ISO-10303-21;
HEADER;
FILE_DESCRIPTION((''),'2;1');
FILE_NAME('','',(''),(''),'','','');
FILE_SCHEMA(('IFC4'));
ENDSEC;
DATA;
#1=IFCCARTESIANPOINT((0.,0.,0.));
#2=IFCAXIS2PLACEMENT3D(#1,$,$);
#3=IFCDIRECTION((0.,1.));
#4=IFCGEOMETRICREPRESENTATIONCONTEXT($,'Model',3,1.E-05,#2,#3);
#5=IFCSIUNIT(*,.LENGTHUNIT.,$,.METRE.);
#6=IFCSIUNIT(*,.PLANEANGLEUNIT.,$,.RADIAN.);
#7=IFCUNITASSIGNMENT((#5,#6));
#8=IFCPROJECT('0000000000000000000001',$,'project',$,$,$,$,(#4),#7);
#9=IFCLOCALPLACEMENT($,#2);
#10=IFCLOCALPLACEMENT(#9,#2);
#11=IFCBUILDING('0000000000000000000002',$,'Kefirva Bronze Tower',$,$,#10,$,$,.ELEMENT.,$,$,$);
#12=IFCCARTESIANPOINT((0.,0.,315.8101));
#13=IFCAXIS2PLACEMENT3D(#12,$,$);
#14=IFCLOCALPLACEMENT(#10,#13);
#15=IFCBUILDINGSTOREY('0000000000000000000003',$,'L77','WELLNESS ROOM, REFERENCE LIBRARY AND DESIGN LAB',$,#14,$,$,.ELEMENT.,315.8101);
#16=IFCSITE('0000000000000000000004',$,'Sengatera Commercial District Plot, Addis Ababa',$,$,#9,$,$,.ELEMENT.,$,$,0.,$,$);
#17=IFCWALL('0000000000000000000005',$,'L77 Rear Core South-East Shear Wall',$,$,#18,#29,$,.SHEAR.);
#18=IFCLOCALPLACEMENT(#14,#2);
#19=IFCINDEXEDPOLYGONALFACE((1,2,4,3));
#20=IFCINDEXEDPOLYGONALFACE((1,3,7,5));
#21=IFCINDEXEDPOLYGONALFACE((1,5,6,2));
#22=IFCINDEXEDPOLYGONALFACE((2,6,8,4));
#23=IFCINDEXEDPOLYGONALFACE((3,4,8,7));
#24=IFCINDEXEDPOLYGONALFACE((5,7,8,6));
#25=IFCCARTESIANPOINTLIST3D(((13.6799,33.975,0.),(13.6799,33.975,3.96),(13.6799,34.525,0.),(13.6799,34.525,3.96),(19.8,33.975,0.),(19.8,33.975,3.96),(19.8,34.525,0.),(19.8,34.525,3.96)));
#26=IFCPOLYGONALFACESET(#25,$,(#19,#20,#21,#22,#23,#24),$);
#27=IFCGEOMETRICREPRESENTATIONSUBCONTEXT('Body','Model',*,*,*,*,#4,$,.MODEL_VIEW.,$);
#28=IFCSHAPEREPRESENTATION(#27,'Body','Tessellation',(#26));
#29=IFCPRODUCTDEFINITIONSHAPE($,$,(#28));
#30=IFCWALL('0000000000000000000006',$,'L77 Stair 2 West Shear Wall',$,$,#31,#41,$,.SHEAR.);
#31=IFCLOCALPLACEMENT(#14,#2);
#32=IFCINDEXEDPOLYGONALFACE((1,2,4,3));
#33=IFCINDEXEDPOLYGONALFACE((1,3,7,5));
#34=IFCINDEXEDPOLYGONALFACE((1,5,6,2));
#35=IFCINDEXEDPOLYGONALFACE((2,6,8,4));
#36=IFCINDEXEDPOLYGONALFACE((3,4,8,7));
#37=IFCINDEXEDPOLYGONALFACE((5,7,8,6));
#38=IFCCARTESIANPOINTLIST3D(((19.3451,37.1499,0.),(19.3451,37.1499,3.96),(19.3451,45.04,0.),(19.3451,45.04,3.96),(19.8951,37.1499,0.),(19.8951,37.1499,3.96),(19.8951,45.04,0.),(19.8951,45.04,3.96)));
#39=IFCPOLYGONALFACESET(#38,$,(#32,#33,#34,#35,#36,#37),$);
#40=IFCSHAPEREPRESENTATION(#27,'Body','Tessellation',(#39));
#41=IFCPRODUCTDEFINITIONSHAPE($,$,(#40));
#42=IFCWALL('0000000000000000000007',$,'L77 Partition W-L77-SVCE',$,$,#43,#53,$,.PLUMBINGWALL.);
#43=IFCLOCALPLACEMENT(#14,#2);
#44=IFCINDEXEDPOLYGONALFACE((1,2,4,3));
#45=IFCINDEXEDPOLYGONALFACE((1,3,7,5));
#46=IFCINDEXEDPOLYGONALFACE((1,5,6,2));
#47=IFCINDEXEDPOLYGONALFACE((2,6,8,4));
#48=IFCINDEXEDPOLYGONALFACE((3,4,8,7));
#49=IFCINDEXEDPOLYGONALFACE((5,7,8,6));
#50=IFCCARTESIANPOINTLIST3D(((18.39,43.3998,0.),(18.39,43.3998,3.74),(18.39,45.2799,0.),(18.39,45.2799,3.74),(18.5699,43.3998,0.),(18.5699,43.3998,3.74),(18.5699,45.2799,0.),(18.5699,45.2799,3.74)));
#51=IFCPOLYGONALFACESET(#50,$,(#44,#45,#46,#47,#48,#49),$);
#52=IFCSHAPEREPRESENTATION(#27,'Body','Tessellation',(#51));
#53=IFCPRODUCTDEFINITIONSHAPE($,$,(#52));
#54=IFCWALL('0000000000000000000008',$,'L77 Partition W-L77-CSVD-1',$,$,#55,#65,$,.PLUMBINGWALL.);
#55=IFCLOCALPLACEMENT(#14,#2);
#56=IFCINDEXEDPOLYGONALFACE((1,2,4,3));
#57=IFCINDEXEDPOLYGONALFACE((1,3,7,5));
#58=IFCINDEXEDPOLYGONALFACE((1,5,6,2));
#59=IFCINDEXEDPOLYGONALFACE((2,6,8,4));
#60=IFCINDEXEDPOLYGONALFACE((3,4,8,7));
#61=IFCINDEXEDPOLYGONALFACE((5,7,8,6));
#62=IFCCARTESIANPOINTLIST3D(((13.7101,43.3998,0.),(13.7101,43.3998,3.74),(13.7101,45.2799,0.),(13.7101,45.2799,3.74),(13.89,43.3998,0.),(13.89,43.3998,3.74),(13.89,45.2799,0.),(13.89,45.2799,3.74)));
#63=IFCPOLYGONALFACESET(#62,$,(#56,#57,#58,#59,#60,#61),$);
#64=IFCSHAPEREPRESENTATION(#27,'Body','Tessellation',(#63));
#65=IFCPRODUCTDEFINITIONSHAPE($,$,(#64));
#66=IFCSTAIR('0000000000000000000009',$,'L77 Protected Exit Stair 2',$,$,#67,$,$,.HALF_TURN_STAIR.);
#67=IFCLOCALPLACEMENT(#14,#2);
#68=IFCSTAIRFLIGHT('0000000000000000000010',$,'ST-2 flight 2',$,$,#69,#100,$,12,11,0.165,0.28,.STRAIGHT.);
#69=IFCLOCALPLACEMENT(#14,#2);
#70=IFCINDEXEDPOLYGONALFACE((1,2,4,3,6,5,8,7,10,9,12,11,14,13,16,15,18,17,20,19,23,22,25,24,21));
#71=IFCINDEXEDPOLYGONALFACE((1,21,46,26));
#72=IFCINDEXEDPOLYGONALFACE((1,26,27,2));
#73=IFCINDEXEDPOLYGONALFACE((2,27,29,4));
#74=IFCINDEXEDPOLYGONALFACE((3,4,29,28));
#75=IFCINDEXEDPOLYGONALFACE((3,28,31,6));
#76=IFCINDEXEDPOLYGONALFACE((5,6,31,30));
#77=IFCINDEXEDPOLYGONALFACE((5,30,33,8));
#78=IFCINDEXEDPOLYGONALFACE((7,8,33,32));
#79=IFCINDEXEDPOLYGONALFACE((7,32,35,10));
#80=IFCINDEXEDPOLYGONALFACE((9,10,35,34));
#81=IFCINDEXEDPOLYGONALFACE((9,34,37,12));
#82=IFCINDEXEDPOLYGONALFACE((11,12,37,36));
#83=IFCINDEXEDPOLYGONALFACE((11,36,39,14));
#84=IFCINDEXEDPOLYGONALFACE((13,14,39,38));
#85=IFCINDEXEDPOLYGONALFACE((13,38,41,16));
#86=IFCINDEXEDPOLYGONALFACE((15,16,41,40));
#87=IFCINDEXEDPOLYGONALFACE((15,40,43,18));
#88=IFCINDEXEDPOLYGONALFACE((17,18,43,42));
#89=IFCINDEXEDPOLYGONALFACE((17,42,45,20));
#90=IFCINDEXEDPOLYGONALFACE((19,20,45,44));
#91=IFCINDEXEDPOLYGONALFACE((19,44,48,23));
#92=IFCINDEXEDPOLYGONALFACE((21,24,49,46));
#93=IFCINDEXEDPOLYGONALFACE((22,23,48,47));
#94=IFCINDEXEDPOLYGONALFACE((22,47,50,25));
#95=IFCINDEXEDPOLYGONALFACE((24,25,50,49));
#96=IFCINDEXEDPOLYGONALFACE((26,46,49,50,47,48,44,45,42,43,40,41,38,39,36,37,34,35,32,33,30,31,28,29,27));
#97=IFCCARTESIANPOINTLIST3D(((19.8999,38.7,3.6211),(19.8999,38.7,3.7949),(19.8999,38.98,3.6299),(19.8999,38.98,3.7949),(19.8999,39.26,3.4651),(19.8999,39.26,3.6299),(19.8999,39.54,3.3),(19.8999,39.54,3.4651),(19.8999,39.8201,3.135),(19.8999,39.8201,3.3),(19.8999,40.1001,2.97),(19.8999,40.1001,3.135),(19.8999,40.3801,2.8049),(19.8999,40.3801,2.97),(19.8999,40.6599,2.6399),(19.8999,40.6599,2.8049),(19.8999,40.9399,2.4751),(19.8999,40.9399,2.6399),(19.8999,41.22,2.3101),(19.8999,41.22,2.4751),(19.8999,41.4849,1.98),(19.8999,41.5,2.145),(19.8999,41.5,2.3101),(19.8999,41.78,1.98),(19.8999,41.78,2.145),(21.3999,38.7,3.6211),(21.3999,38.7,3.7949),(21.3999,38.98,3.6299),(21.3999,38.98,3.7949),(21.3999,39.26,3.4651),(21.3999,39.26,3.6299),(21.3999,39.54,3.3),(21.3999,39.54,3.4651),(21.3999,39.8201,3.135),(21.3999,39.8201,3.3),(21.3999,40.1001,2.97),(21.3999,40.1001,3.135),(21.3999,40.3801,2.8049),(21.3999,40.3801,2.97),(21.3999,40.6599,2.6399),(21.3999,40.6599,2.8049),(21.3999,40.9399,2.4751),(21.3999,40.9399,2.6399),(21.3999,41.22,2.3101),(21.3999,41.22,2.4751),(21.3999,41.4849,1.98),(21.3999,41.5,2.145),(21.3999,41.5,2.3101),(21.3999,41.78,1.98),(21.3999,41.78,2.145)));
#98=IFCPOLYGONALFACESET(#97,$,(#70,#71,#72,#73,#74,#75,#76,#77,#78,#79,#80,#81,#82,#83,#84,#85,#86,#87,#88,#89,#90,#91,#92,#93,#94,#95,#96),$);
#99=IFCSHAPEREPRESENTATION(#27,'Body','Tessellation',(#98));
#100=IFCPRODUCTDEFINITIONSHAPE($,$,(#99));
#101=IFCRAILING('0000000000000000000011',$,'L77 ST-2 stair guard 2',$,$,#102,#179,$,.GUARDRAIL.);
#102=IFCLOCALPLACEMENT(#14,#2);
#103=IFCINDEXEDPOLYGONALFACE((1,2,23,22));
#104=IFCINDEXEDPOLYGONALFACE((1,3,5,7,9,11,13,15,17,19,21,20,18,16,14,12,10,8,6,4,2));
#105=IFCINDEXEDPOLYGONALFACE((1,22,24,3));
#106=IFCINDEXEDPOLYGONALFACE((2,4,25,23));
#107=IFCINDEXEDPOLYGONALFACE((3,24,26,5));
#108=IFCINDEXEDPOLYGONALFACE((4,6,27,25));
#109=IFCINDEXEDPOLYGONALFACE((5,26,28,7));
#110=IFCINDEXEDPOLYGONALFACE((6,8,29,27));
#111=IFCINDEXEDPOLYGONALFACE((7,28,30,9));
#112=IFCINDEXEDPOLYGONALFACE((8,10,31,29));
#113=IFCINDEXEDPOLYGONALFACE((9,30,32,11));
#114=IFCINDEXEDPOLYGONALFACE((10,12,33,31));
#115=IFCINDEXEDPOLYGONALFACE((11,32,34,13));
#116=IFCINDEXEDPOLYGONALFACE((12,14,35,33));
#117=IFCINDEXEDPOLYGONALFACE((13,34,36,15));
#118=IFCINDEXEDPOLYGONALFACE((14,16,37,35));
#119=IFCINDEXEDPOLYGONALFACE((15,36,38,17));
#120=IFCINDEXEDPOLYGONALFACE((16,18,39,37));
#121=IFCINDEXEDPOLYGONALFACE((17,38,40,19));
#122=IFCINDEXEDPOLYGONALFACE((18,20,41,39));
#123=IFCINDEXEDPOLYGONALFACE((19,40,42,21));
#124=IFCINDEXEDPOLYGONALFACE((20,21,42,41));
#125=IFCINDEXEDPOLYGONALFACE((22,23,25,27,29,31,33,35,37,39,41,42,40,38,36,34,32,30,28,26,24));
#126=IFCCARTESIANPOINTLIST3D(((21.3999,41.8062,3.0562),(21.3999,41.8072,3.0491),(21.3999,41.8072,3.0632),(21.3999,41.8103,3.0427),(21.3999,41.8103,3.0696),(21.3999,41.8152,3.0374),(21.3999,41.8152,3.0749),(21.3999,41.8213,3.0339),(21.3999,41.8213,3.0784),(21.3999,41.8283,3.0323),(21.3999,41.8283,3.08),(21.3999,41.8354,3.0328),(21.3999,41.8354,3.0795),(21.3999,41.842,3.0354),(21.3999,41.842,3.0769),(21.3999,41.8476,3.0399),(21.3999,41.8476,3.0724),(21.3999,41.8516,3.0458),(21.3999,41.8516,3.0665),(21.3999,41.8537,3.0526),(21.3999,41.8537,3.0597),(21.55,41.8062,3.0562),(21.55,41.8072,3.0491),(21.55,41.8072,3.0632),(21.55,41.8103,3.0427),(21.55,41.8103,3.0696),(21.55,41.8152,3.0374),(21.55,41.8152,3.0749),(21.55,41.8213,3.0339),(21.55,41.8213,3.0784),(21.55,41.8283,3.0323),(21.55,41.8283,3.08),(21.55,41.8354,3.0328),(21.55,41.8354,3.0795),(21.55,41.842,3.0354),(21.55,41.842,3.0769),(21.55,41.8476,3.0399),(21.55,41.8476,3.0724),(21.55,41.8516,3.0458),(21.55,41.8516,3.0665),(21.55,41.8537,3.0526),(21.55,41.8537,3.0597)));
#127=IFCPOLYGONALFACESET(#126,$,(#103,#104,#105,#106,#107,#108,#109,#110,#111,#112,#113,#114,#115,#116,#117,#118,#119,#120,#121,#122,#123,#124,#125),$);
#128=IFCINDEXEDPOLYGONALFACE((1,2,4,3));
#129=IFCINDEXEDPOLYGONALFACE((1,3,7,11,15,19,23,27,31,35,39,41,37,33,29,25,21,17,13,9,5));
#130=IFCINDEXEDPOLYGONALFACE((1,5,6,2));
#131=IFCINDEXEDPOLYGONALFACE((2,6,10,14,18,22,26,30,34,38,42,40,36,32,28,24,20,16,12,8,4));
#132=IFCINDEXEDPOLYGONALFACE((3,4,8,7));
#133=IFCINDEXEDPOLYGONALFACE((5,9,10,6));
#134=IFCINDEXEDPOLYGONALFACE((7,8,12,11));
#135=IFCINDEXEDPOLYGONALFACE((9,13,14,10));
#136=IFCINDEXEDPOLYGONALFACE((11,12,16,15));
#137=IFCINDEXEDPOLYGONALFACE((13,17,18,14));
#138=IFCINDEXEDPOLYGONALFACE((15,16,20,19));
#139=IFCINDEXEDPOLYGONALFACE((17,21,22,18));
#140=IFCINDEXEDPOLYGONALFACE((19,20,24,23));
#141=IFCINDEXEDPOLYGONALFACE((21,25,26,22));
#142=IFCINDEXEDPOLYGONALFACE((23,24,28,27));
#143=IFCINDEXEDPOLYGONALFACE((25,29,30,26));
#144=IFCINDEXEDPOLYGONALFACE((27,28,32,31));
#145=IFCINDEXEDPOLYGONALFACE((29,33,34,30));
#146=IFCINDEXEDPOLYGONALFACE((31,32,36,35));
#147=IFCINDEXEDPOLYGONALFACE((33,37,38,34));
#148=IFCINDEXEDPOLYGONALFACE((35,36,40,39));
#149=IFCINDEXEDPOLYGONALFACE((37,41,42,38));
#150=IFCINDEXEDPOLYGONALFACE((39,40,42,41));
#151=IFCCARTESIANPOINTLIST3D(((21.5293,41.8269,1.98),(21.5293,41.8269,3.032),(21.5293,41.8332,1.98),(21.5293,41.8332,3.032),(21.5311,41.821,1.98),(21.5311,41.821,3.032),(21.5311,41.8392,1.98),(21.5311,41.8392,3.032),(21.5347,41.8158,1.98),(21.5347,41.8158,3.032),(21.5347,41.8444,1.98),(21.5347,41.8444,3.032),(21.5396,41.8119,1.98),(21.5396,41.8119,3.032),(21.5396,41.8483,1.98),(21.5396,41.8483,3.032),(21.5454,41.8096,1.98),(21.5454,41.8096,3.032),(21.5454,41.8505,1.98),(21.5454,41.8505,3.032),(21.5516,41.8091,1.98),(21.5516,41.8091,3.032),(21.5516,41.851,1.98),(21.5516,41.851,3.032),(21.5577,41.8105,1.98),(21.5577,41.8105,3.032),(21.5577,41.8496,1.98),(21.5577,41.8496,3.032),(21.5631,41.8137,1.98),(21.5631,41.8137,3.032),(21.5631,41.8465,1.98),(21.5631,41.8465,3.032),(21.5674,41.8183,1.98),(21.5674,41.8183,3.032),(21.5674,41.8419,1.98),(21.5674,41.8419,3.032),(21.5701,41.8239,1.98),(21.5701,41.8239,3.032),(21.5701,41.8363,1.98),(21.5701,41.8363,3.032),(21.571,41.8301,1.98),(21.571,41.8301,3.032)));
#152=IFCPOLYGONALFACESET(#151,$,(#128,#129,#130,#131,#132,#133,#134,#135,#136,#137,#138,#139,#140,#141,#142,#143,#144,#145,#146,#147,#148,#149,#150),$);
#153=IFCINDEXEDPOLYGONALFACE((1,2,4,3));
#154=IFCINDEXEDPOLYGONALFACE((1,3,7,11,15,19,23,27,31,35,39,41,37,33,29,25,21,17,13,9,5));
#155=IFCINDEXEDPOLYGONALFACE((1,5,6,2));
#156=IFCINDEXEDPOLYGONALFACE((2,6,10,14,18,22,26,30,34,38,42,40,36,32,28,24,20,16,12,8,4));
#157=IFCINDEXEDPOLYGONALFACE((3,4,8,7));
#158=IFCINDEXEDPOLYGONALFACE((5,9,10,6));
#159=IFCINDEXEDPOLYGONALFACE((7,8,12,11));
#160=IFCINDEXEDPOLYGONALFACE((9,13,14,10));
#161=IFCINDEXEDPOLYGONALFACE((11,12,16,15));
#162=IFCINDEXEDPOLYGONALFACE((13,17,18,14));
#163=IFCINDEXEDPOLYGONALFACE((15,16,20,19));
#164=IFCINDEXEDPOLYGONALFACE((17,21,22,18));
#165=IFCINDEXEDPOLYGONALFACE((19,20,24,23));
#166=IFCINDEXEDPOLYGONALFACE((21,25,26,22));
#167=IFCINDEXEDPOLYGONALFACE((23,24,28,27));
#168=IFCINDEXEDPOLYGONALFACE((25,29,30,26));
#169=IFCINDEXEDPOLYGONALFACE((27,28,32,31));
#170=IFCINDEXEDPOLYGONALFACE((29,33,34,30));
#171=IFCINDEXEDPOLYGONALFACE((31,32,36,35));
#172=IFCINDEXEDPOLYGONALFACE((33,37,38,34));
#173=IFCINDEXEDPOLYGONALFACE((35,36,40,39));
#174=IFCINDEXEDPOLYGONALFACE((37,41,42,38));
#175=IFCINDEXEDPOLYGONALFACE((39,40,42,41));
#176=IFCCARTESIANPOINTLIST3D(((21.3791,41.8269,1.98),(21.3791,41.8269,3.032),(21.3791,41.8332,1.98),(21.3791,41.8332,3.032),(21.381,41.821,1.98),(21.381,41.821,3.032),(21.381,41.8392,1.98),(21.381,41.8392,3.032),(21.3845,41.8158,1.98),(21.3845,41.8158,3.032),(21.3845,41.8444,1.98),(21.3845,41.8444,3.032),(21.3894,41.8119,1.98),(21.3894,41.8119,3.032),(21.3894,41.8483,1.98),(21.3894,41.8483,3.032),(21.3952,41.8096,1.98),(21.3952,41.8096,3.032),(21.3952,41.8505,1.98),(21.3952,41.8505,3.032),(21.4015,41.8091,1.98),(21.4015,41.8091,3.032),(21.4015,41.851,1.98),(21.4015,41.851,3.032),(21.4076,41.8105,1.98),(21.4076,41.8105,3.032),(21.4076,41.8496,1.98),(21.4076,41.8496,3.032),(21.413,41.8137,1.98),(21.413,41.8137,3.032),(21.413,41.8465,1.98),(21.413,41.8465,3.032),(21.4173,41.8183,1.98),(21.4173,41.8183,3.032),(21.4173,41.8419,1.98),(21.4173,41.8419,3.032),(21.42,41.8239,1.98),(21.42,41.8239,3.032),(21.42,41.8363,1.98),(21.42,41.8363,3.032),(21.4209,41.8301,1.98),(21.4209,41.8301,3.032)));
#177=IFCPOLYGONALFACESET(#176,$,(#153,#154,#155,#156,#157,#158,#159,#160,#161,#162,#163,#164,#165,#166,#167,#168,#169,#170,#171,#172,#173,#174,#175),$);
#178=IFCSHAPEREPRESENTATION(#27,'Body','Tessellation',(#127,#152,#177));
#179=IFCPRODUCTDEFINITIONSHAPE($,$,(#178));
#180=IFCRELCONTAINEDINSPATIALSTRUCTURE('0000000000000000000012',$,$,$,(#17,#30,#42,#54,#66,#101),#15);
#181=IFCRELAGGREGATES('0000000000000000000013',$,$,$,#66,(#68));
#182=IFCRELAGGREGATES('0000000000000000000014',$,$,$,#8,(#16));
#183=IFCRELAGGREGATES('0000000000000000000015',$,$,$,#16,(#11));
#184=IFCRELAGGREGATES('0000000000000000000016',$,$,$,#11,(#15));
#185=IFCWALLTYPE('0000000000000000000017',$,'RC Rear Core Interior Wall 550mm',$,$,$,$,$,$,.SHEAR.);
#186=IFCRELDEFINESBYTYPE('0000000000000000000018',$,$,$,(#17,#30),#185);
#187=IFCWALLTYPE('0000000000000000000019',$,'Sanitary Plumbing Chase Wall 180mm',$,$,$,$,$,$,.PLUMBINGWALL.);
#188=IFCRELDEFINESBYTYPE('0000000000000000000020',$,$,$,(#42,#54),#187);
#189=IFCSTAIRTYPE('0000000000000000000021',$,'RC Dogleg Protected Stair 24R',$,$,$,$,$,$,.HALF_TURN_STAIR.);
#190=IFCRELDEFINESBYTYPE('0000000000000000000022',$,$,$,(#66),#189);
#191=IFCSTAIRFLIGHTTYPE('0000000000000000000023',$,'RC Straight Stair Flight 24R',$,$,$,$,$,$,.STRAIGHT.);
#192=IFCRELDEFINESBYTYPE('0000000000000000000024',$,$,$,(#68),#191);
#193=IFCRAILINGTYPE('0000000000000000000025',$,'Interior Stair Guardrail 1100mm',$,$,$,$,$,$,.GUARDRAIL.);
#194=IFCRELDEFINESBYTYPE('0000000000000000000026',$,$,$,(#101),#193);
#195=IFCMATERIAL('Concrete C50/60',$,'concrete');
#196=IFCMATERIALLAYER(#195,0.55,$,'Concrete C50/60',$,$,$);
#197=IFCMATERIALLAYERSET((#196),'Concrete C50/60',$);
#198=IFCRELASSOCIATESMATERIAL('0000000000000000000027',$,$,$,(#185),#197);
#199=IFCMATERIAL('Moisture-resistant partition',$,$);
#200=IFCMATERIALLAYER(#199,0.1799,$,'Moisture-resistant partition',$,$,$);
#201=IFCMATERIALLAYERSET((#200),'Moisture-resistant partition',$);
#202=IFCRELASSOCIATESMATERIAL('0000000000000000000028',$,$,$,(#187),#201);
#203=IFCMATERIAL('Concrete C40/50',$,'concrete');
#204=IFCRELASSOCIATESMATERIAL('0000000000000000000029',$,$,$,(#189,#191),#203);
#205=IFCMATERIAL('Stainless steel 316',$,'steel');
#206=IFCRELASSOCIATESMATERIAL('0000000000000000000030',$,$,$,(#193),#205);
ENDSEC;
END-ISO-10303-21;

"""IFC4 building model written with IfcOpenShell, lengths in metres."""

from ifc_helpers import new_model, si_unit, direction, frame, frame_2d, origin, origin_2d, place, context, subcontext, project, spatial, polyline, rectangle, circle, outline, extrude, material, layer, layer_set, type_object, element, aggregate, save


model = new_model("IFC4")

# Units and contexts
model_context = context("Model", 3, precision=1e-05, world=origin(), true_north=direction((0.0, 1.0)))
body_context = subcontext(model_context, "Body", "Model", "MODEL_VIEW")
ifc_project = project(units=[si_unit("LENGTHUNIT", "METRE"), si_unit("PLANEANGLEUNIT", "RADIAN")], contexts=[model_context])

# Site, building, storey
site_placement = place(None, origin())
site = spatial("IfcSite", under=ifc_project, at=site_placement, Name="Sengatera Commercial District Plot, Addis Ababa", CompositionType="ELEMENT", RefElevation=0.0)
building_placement = place(site_placement, origin())
building = spatial("IfcBuilding", under=site, at=building_placement, Name="Kefirva Bronze Tower", CompositionType="ELEMENT")
storey_placement = place(building_placement, frame((0.0, 0.0, 315.8101)))
storey = spatial("IfcBuildingStorey", under=building, at=storey_placement, Name="L77", Description="WELLNESS ROOM, REFERENCE LIBRARY AND DESIGN LAB", CompositionType="ELEMENT", Elevation=315.8101)

# Shared definitions
ifc_material_1 = material(Name="Concrete C50/60", Category="concrete")

# Shared definitions
ifc_material_2 = material(Name="Stainless steel 316", Category="steel")

# Walls
ifc_layer_1 = layer(ifc_material_1, 0.55, Name="Concrete C50/60")
ifc_layer_set_1 = layer_set([ifc_layer_1], Name="Concrete C50/60")
wall_type_1 = type_object("IfcWallType", Name="RC Rear Core Interior Wall 550mm", PredefinedType="SHEAR", material=ifc_layer_set_1)
wall_1_placement = place(storey_placement, frame((13.6799, 34.25, 0.0), z_axis=(0.0, 0.0, 1.0), x_axis=(1.0, 0.0, 0.0)))
element("IfcWall", 1, at=wall_1_placement, inside=storey, type_object=wall_type_1, Name="L77 Rear Core South-East Shear Wall", PredefinedType="SHEAR", context=body_context, shape_type="SweptSolid", body=[
    extrude(rectangle(XDim=6.1201, YDim=0.55, at=frame_2d((3.0601, 0.0))), origin(), (0.0, 0.0, 1.0), 3.96),
])
wall_2_placement = place(storey_placement, frame((19.6201, 37.1499, 0.0), z_axis=(0.0, 0.0, 1.0), x_axis=(0.0, 1.0, 0.0)))
element("IfcWall", 2, at=wall_2_placement, inside=storey, type_object=wall_type_1, Name="L77 Stair 2 West Shear Wall", PredefinedType="SHEAR", context=body_context, shape_type="SweptSolid", body=[
    extrude(rectangle(XDim=7.8901, YDim=0.55, at=frame_2d((3.9451, 0.0))), origin(), (0.0, 0.0, 1.0), 3.96),
])
ifc_material_3 = material(Name="Moisture-resistant partition")
ifc_layer_2 = layer(ifc_material_3, 0.1799, Name="Moisture-resistant partition")
ifc_layer_set_2 = layer_set([ifc_layer_2], Name="Moisture-resistant partition")
wall_type_2 = type_object("IfcWallType", Name="Sanitary Plumbing Chase Wall 180mm", PredefinedType="PLUMBINGWALL", material=ifc_layer_set_2)
for number, where, z_axis, x_axis, name in (
    (3, (18.48, 43.3999, 0.0), (0.0, 0.0, 1.0), (0.0, 1.0, 0.0), "L77 Partition W-L77-SVCE"),
    (4, (13.8, 43.3999, 0.0), (0.0, 0.0, 1.0), (0.0, 1.0, 0.0), "L77 Partition W-L77-CSVD-1"),
):
    element("IfcWall", number, at=place(storey_placement, frame(where, z_axis=z_axis, x_axis=x_axis)), inside=storey, type_object=wall_type_2, Name=name, PredefinedType="PLUMBINGWALL", context=body_context, shape_type="SweptSolid", body=[
        extrude(rectangle(XDim=1.8801, YDim=0.1799, at=frame_2d((0.9399, 0.0))), origin(), (0.0, 0.0, 1.0), 3.74),
    ])

# Stair, stair flight
ifc_material_4 = material(Name="Concrete C40/50", Category="concrete")
stair_type = type_object("IfcStairType", Name="RC Dogleg Protected Stair 24R", PredefinedType="HALF_TURN_STAIR", material=ifc_material_4)
stair_placement = place(storey_placement, origin())
stair = element("IfcStair", 5, at=stair_placement, inside=storey, type_object=stair_type, Name="L77 Protected Exit Stair 2", PredefinedType="HALF_TURN_STAIR")
stair_flight_type = type_object("IfcStairFlightType", Name="RC Straight Stair Flight 24R", PredefinedType="STRAIGHT", material=ifc_material_4)
stair_flight_placement = place(storey_placement, frame((20.6499, 41.78, 1.98), z_axis=(0.0, 0.0, 1.0), x_axis=(0.0, -1.0, 0.0)))
stair_flight = element("IfcStairFlight", 6, at=stair_flight_placement, type_object=stair_flight_type, Name="ST-2 flight 2", NumberOfRisers=12, NumberOfTreads=11, PredefinedType="STRAIGHT", RiserHeight=0.165, TreadLength=0.28, context=body_context, shape_type="SweptSolid", body=[
    extrude(outline(polyline([(0.0, 0.0), (0.0, 0.165), (0.28, 0.165), (0.28, 0.3301), (0.5601, 0.3301), (0.5601, 0.4951), (0.8401, 0.4951), (0.8401, 0.6599), (1.1201, 0.6599), (1.1201, 0.825), (1.3999, 0.825), (1.3999, 0.99), (1.6799, 0.99), (1.6799, 1.155), (1.96, 1.155), (1.96, 1.3201), (2.24, 1.3201), (2.24, 1.4851), (2.52, 1.4851), (2.52, 1.6499), (2.8, 1.6499), (2.8, 1.8149), (3.0801, 1.8149), (3.0801, 1.98), (3.0801, 1.6411), (0.2952, 0.0), (0.0, 0.0)])), frame((0.0, 0.75, 0.0), z_axis=(0.0, -1.0, 0.0), x_axis=(1.0, 0.0, 0.0)), (0.0, 0.0, 1.0), 1.5),
])
aggregate(stair, [stair_flight])

# Railing
railing_type_1 = type_object("IfcRailingType", Name="Interior Stair Guardrail 1100mm", PredefinedType="GUARDRAIL", material=ifc_material_2)
railing_1_placement = place(storey_placement, frame((21.55, 41.8301, 1.98)))
element("IfcRailing", 7, at=railing_1_placement, inside=storey, type_object=railing_type_1, Name="L77 ST-2 stair guard 2", PredefinedType="GUARDRAIL", context=body_context, shape_type="SweptSolid", body=[
    extrude(circle(Radius=0.0239, at=origin_2d()), frame((0.0, 0.0, 1.0762), z_axis=(-1.0, 0.0, 0.0), x_axis=(0.0, -1.0, 0.0)), (0.0, 0.0, 1.0), 0.1501),
    extrude(circle(Radius=0.021, at=origin_2d()), origin(), (0.0, 0.0, 1.0), 1.052),
    extrude(circle(Radius=0.021, at=origin_2d()), frame((-0.1501, 0.0, 0.0)), (0.0, 0.0, 1.0), 1.052),
])

save(model, "model.ifc")
